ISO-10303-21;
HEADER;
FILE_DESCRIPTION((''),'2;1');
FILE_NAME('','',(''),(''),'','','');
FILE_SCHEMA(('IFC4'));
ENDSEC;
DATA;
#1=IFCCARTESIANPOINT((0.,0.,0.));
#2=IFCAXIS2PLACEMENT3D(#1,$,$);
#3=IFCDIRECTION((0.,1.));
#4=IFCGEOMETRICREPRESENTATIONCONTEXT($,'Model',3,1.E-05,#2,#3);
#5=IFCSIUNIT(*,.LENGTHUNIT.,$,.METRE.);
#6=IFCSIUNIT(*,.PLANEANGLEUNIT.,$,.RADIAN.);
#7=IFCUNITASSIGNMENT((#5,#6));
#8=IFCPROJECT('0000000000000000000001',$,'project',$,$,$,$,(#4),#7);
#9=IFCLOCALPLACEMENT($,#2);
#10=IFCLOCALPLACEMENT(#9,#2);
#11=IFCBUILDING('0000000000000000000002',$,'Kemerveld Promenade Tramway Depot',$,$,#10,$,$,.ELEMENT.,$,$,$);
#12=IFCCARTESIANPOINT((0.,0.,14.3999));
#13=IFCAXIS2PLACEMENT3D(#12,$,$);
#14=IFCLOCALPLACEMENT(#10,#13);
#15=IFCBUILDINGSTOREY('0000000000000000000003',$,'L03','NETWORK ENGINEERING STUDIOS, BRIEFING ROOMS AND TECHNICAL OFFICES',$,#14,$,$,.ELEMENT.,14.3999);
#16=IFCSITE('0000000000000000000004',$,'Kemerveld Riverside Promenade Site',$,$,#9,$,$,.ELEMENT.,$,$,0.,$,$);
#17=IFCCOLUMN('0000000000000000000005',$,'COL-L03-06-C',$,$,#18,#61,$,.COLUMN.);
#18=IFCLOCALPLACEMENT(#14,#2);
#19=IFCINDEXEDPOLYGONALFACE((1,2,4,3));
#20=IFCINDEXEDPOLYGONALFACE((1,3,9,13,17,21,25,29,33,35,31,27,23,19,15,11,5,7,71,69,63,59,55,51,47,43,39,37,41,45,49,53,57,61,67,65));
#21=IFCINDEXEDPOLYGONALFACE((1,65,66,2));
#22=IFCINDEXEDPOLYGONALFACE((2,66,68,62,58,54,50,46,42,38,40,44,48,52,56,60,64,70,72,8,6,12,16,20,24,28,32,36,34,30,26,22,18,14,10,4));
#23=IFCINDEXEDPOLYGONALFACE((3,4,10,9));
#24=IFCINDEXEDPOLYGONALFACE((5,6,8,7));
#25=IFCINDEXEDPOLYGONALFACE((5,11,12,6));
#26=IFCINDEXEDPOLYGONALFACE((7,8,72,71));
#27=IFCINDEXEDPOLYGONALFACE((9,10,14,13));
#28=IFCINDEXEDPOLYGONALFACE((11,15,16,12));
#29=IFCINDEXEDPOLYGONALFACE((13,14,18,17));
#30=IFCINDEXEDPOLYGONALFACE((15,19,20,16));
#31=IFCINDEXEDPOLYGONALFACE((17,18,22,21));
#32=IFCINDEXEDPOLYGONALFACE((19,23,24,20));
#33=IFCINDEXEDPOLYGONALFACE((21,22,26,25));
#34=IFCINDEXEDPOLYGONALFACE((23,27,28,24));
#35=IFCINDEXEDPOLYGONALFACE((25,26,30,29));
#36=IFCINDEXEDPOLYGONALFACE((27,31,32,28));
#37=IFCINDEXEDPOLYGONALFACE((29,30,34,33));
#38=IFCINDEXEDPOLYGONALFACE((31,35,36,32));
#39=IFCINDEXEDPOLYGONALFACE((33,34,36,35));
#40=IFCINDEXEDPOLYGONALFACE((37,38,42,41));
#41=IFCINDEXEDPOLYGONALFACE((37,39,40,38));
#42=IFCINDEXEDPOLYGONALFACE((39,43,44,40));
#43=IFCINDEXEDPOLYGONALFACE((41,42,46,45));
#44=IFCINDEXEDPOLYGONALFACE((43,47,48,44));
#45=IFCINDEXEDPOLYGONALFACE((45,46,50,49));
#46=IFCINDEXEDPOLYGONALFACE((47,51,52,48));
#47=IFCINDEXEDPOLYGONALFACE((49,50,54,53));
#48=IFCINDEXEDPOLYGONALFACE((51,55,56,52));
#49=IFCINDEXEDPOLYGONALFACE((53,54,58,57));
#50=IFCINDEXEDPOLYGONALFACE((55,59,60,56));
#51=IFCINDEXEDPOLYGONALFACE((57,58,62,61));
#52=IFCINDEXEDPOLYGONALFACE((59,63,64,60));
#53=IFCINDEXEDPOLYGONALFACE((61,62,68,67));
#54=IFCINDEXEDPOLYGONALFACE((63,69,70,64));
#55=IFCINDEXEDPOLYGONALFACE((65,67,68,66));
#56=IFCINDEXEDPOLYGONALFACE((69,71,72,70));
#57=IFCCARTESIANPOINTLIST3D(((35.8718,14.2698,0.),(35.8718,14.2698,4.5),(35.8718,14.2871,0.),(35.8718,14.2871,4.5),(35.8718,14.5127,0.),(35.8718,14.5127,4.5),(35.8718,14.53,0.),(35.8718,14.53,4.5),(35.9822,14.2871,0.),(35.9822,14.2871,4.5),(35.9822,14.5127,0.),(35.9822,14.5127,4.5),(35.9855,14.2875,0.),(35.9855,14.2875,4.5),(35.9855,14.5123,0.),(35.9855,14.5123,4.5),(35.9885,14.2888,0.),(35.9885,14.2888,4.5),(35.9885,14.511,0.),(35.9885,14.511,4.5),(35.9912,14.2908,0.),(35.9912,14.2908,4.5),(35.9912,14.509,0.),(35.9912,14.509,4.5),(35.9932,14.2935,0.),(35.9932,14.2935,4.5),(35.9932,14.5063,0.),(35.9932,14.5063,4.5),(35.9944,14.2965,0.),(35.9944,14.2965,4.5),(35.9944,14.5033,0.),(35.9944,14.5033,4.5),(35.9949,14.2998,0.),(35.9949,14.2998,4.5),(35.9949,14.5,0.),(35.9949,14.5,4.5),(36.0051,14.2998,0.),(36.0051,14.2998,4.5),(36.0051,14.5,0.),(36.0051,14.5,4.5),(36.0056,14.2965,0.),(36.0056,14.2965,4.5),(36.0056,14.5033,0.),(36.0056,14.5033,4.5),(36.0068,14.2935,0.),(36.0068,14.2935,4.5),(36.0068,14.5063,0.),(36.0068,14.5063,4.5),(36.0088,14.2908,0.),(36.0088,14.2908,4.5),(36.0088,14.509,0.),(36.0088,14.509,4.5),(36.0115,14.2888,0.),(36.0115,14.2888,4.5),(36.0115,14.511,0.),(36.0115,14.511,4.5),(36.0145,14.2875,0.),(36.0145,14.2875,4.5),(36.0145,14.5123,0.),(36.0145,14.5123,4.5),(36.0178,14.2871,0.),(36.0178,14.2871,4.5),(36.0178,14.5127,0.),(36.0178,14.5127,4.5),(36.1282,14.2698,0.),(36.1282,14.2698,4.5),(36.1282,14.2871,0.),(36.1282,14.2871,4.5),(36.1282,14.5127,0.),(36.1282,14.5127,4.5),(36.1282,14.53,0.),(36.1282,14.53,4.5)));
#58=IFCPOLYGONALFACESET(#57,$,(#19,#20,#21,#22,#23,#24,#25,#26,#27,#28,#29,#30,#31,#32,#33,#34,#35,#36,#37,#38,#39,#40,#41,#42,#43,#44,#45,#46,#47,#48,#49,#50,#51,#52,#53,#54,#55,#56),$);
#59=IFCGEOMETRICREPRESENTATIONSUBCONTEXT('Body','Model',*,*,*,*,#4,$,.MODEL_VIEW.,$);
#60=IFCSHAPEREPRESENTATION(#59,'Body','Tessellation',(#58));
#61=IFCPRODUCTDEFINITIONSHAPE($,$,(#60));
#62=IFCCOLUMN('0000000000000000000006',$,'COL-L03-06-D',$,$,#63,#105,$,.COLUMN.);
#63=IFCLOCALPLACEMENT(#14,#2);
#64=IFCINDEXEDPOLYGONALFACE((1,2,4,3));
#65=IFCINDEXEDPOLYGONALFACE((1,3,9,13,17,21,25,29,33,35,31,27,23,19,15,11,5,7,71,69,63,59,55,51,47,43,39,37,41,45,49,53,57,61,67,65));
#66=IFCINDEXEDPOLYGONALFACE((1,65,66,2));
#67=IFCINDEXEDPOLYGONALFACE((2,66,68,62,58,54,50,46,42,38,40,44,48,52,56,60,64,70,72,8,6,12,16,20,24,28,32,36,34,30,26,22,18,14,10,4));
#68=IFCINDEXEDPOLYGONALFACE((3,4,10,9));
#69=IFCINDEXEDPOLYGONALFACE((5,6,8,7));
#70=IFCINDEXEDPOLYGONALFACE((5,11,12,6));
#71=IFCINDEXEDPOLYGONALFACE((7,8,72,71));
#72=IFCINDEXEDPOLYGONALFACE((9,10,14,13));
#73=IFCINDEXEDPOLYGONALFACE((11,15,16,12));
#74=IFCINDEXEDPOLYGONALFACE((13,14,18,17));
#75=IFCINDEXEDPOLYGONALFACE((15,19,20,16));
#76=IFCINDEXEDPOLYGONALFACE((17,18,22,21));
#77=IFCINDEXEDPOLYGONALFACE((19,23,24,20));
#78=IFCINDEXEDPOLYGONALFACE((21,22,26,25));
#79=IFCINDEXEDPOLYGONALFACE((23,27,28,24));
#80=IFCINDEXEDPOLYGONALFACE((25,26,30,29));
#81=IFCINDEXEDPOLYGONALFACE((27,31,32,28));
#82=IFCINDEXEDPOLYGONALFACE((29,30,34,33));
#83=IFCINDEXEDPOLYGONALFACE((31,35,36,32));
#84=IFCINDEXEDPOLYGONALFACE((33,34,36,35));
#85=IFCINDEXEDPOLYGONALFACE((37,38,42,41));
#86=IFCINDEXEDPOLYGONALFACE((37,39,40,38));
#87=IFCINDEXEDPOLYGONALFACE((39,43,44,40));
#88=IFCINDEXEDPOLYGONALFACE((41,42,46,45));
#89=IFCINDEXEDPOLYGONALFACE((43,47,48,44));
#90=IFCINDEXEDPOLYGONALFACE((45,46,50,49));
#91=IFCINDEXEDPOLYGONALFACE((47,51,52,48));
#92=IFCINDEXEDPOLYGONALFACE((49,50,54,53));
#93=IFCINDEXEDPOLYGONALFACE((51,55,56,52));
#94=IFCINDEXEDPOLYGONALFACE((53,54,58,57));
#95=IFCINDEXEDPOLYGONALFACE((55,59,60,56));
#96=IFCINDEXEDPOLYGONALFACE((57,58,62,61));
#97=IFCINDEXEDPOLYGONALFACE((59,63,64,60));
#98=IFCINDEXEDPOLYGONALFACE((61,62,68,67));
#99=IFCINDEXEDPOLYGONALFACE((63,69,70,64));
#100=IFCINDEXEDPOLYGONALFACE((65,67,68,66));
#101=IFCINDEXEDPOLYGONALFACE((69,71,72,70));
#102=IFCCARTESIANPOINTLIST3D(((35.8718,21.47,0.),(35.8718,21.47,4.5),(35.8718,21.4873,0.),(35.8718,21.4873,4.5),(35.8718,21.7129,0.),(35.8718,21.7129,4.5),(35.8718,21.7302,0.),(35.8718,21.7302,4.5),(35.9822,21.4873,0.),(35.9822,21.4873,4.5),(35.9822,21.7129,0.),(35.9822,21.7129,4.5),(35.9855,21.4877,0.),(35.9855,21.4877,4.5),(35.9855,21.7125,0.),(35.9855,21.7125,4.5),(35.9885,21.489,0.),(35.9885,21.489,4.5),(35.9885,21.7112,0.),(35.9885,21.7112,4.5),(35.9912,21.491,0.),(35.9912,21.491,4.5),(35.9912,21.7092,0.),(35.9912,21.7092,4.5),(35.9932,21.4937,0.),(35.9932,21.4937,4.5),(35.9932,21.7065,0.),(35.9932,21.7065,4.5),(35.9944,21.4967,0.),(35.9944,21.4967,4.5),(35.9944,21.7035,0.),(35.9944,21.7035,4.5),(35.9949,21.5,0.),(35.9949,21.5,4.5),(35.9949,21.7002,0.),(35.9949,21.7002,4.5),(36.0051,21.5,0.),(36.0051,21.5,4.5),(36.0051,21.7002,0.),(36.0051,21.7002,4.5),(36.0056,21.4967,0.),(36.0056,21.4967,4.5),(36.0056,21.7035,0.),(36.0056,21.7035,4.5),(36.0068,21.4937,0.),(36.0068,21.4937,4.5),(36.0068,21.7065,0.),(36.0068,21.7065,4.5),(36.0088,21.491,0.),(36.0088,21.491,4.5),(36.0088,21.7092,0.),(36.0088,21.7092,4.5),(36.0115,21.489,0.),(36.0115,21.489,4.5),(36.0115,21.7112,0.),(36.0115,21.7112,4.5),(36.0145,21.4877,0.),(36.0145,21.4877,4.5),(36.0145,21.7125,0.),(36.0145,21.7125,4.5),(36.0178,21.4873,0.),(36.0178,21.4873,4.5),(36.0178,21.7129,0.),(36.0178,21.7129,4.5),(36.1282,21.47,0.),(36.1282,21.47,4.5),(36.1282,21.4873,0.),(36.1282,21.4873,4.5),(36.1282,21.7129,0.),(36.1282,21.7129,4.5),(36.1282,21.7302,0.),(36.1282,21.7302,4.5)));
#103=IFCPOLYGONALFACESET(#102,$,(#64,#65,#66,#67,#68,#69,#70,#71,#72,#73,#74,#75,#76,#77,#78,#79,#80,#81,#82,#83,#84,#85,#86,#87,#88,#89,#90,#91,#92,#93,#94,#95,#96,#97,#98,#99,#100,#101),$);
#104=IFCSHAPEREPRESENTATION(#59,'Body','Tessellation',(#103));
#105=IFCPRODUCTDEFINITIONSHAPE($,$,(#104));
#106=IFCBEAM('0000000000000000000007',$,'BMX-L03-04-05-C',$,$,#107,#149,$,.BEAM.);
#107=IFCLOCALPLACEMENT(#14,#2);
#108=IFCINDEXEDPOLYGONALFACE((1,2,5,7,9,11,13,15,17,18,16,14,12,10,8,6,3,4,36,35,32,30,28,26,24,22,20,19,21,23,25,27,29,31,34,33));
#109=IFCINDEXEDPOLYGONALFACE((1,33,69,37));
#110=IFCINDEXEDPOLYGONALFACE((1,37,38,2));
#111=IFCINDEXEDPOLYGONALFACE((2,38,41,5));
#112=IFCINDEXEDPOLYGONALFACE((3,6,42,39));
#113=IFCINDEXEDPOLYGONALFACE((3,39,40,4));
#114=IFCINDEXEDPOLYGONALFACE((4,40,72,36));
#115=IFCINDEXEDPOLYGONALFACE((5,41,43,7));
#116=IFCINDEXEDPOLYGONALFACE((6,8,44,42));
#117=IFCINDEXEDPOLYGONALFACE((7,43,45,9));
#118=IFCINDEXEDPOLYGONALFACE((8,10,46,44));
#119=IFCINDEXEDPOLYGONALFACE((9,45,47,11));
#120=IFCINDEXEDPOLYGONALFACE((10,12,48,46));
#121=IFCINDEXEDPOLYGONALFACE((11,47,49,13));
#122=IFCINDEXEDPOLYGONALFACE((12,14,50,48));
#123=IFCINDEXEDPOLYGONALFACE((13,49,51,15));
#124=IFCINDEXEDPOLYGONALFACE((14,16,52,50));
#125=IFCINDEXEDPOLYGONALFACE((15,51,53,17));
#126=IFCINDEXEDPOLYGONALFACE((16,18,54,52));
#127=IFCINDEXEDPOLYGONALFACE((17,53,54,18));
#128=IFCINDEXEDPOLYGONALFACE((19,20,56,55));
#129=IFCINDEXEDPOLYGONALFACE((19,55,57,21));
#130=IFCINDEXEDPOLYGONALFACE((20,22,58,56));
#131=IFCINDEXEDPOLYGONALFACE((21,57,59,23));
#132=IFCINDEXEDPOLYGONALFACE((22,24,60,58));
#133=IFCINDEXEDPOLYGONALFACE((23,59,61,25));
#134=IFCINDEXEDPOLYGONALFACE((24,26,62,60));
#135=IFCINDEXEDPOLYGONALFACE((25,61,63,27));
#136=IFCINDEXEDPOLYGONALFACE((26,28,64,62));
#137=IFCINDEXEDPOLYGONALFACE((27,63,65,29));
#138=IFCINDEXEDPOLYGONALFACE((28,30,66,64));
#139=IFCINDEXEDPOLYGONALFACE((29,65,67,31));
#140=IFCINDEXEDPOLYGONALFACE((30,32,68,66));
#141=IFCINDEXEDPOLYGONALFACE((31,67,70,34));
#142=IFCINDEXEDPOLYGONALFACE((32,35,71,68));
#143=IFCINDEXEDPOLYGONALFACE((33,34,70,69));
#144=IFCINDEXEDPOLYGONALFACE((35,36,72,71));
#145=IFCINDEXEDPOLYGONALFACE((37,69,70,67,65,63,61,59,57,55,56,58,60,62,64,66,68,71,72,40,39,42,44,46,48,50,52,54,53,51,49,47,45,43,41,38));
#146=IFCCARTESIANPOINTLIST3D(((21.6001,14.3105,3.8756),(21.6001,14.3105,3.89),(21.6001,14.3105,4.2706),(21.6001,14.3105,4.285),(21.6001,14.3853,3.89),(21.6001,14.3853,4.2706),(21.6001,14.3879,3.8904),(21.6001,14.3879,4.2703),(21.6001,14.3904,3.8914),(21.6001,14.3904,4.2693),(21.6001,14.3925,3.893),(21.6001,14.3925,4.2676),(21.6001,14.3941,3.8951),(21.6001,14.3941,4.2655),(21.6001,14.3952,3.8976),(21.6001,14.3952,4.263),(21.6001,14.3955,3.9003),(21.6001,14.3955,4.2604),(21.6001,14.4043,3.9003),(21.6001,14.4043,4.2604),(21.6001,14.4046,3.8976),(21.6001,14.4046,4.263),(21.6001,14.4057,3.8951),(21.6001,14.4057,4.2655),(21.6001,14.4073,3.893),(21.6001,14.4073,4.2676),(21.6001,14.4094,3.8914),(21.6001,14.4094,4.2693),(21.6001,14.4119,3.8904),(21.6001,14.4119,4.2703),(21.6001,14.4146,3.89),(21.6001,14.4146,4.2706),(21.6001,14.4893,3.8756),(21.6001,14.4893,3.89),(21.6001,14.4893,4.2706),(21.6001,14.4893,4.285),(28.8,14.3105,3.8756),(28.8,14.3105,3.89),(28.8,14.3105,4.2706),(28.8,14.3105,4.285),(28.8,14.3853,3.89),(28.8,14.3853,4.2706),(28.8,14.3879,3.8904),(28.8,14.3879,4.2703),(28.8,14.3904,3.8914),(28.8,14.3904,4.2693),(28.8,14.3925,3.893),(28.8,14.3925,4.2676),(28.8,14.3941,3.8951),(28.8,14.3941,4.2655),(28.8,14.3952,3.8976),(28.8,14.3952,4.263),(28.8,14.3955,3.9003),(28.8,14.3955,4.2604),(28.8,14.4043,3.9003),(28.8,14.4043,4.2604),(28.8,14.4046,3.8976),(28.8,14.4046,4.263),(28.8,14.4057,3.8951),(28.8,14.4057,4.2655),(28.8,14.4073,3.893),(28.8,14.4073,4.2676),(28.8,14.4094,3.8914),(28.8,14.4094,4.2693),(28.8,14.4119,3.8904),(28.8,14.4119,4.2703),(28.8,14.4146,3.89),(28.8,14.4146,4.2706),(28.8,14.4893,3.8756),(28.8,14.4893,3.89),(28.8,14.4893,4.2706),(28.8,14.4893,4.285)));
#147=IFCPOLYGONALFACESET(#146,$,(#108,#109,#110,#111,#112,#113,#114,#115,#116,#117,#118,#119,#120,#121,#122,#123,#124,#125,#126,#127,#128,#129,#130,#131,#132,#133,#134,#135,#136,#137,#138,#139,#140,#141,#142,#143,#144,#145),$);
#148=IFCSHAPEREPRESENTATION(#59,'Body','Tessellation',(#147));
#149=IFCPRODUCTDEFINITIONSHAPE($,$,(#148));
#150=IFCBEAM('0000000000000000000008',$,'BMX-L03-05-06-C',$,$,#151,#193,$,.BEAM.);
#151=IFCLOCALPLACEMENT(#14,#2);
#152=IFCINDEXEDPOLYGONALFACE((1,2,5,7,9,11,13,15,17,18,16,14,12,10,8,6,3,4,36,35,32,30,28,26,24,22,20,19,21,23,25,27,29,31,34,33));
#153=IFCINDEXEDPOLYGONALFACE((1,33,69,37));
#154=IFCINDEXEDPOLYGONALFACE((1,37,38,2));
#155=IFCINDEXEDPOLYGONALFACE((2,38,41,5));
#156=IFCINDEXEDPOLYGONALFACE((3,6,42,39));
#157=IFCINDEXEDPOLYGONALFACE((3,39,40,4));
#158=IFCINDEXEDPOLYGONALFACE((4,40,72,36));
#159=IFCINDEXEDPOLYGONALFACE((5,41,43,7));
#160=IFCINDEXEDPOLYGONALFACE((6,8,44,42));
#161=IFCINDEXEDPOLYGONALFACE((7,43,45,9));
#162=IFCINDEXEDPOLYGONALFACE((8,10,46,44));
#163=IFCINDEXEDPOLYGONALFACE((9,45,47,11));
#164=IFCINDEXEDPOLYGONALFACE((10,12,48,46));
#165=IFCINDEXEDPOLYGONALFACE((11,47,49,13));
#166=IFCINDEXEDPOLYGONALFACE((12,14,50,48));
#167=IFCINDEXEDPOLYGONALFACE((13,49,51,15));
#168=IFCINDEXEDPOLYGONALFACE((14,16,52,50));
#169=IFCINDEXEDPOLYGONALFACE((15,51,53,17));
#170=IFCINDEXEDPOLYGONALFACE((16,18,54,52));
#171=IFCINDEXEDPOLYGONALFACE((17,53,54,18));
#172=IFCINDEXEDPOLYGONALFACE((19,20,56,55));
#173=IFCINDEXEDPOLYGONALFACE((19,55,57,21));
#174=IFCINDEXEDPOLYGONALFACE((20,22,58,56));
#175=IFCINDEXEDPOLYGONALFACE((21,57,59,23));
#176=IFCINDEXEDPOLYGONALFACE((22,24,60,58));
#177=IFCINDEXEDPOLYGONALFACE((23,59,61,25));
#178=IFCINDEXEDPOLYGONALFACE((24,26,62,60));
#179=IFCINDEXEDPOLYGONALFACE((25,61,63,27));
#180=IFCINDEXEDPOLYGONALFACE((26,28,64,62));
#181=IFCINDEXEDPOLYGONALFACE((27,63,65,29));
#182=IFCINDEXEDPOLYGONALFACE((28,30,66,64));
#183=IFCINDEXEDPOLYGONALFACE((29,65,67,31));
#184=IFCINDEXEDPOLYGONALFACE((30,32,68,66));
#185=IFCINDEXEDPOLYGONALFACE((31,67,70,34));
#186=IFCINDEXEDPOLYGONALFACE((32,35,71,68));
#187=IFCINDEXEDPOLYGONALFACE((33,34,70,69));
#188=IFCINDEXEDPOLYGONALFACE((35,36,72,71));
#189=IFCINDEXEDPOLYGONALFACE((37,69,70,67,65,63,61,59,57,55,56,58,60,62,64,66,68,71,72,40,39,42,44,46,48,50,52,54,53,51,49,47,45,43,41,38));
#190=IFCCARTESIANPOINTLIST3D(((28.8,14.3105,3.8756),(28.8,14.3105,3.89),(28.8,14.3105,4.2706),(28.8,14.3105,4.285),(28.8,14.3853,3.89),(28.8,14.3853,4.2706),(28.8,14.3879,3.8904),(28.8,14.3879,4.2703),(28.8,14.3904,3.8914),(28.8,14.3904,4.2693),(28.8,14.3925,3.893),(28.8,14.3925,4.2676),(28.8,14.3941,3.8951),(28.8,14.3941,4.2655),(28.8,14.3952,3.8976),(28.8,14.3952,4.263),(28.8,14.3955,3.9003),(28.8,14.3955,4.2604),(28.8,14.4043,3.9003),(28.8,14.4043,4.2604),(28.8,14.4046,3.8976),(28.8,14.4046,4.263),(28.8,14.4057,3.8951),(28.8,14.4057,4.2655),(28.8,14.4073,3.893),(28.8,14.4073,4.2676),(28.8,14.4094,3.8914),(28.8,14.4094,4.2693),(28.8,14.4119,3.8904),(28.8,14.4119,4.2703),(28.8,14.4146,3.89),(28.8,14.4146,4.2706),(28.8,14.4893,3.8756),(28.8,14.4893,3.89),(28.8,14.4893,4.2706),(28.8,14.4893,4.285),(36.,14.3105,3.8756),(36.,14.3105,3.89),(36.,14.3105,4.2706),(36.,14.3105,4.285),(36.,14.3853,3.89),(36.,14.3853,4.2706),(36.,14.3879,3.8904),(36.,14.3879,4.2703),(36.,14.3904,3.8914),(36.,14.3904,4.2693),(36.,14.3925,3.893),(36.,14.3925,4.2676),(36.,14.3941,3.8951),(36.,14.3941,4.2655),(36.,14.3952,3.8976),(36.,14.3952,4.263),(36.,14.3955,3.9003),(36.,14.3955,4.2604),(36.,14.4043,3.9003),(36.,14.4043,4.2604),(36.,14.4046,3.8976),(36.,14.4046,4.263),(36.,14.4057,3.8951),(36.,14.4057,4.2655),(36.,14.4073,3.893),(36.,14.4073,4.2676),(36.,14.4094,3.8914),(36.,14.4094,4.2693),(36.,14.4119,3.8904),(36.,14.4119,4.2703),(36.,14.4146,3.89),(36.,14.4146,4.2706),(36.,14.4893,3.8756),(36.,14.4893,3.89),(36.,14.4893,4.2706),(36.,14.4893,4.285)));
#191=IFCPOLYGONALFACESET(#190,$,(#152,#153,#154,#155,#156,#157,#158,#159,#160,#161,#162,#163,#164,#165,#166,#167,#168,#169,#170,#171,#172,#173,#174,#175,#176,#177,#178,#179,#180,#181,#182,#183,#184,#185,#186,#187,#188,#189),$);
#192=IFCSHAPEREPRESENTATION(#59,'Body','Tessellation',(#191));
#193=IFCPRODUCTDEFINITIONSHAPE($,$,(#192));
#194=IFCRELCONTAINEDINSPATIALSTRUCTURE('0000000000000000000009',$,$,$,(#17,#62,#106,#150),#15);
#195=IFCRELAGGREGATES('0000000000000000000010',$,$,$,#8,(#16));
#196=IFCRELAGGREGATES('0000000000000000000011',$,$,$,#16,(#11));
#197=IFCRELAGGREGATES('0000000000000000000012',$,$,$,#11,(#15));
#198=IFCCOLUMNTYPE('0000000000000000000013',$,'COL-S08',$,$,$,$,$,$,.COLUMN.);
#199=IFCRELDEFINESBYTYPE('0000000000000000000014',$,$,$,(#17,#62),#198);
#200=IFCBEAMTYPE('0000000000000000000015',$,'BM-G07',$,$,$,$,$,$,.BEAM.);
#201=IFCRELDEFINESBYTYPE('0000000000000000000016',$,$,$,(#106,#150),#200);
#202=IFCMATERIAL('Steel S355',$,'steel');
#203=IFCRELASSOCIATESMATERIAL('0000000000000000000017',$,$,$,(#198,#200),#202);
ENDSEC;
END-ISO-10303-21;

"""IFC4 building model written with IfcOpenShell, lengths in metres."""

from ifc_helpers import new_model, si_unit, direction, frame, origin, origin_2d, place, context, subcontext, project, spatial, i_section, extrude, material, material_profile, profile_set, type_object, element, save


model = new_model("IFC4")

# Units and contexts
model_context = context("Model", 3, precision=1e-05, world=origin(), true_north=direction((0.0, 1.0)))
body_context = subcontext(model_context, "Body", "Model", "MODEL_VIEW")
ifc_project = project(units=[si_unit("LENGTHUNIT", "METRE"), si_unit("PLANEANGLEUNIT", "RADIAN")], contexts=[model_context])

# Site, building, storey
site_placement = place(None, origin())
site = spatial("IfcSite", under=ifc_project, at=site_placement, Name="Kemerveld Riverside Promenade Site", CompositionType="ELEMENT", RefElevation=0.0)
building_placement = place(site_placement, origin())
building = spatial("IfcBuilding", under=site, at=building_placement, Name="Kemerveld Promenade Tramway Depot", CompositionType="ELEMENT")
storey_placement = place(building_placement, frame((0.0, 0.0, 14.3999)))
storey = spatial("IfcBuildingStorey", under=building, at=storey_placement, Name="L03", Description="NETWORK ENGINEERING STUDIOS, BRIEFING ROOMS AND TECHNICAL OFFICES", CompositionType="ELEMENT", Elevation=14.3999)

# Columns
ifc_material = material(Name="Steel S355", Category="steel")
ifc_material_profile_1 = material_profile(ifc_material, i_section(OverallWidth=0.2563, OverallDepth=0.2603, WebThickness=0.0103, FlangeThickness=0.0173, FilletRadius=0.0127, at=origin_2d()), Name="254x254x89 UC")
ifc_profile_set_1 = profile_set([ifc_material_profile_1], Name="Steel S355")
column_type = type_object("IfcColumnType", Name="COL-S08", PredefinedType="COLUMN", material=ifc_profile_set_1)
for number, where, z_axis, x_axis, name in (
    (1, (36.0, 14.3999, 0.0), (0.0, 0.0, 1.0), (1.0, 0.0, 0.0), "COL-L03-06-C"),
    (2, (36.0, 21.6001, 0.0), (0.0, 0.0, 1.0), (1.0, 0.0, 0.0), "COL-L03-06-D"),
):
    element("IfcColumn", number, at=place(storey_placement, frame(where, z_axis=z_axis, x_axis=x_axis)), inside=storey, type_object=column_type, Name=name, PredefinedType="COLUMN", context=body_context, shape_type="SweptSolid", body=[
        extrude(i_section(OverallWidth=0.2563, OverallDepth=0.2603, WebThickness=0.0103, FlangeThickness=0.0173, FilletRadius=0.0127, at=origin_2d()), origin(), (0.0, 0.0, 1.0), 4.5),
    ])

# Beams
ifc_material_profile_2 = material_profile(ifc_material, i_section(OverallWidth=0.1787, OverallDepth=0.4094, WebThickness=0.0088, FlangeThickness=0.0144, FilletRadius=0.0103, at=origin_2d()), Name="406x178x67 UB")
ifc_profile_set_2 = profile_set([ifc_material_profile_2], Name="Steel S355")
beam_type_1 = type_object("IfcBeamType", Name="BM-G07", PredefinedType="BEAM", material=ifc_profile_set_2)
for number, where, z_axis, x_axis, name in (
    (3, (21.6001, 14.3999, 4.0803), (1.0, 0.0, 0.0), (0.0, 1.0, 0.0), "BMX-L03-04-05-C"),
    (4, (28.8, 14.3999, 4.0803), (1.0, 0.0, 0.0), (0.0, 1.0, 0.0), "BMX-L03-05-06-C"),
):
    element("IfcBeam", number, at=place(storey_placement, frame(where, z_axis=z_axis, x_axis=x_axis)), inside=storey, type_object=beam_type_1, Name=name, PredefinedType="BEAM", context=body_context, shape_type="SweptSolid", body=[
        extrude(i_section(OverallWidth=0.1787, OverallDepth=0.4094, WebThickness=0.0088, FlangeThickness=0.0144, FilletRadius=0.0103, at=origin_2d()), origin(), (0.0, 0.0, 1.0), 7.2),
    ])

save(model, "model.ifc")
